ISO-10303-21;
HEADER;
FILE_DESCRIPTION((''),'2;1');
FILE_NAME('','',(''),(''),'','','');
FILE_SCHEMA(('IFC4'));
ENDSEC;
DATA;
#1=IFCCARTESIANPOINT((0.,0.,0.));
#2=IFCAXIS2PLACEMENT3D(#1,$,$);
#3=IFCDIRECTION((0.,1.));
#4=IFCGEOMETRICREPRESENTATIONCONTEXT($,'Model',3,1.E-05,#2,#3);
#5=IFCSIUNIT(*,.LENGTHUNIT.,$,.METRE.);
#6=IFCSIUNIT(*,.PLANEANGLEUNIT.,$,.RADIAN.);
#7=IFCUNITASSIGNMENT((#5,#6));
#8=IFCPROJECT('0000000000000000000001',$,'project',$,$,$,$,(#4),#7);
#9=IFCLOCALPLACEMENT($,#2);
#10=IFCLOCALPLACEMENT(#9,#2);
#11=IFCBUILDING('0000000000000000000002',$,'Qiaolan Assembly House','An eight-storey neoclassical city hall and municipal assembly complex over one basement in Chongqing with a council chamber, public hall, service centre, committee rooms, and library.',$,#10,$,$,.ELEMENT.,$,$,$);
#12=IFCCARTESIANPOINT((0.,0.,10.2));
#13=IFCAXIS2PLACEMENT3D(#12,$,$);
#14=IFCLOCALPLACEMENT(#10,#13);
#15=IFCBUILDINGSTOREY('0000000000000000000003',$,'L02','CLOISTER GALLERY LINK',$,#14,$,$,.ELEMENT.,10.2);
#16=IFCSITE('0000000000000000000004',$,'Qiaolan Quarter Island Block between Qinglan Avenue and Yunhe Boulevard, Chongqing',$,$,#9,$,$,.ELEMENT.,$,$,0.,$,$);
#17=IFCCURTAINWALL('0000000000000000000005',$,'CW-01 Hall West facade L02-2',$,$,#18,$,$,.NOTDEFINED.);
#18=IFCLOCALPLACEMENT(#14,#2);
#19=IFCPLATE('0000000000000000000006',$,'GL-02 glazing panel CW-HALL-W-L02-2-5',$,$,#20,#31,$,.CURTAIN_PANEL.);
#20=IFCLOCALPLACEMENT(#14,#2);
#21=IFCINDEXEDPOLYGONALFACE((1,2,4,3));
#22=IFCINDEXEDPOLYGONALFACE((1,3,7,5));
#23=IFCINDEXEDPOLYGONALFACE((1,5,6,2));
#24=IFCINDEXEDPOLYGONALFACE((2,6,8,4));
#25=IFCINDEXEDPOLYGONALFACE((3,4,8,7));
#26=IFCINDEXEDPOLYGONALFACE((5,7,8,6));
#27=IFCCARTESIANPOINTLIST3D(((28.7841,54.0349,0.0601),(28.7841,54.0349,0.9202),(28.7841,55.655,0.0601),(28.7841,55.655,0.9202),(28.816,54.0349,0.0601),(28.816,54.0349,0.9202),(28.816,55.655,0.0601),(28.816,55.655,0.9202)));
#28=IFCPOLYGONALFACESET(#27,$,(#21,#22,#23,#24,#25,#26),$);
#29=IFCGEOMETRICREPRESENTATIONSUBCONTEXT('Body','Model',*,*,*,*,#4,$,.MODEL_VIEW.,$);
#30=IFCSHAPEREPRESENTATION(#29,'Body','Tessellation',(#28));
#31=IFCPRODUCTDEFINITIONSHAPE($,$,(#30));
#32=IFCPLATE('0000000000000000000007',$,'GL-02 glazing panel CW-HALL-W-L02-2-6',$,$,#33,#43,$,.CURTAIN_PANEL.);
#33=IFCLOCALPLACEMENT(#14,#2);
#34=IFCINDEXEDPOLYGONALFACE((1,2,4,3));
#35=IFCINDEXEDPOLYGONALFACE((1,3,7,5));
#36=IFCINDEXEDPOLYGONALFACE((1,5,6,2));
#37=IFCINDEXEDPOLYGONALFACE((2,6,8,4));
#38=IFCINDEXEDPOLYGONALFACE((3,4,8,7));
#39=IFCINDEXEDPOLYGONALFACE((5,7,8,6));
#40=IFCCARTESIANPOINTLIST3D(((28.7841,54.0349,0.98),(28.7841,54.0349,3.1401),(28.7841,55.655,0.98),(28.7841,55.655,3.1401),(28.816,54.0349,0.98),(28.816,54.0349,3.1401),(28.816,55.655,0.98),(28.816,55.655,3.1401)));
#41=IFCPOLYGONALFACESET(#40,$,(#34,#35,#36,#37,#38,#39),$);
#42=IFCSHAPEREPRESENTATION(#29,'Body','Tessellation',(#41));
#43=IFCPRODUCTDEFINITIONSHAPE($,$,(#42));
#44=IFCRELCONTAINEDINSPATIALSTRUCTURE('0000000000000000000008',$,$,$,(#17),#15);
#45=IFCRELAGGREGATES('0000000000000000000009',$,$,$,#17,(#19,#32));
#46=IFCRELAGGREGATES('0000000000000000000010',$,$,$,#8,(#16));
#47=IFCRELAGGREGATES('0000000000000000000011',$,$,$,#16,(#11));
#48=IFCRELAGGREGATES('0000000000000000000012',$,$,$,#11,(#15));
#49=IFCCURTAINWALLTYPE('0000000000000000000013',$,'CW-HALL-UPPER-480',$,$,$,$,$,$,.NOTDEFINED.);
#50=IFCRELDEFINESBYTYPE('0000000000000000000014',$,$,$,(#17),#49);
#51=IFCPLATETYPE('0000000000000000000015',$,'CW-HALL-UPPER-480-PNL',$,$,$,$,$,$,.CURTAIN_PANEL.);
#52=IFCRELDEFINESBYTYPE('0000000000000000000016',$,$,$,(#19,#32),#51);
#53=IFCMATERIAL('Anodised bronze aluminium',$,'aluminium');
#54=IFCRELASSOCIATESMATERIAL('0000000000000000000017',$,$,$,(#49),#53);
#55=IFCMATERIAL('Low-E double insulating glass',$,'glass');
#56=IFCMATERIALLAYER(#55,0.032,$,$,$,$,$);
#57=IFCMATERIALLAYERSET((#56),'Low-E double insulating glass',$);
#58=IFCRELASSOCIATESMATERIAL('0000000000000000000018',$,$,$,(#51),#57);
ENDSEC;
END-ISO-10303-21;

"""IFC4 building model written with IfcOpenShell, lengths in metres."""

from ifc_helpers import new_model, si_unit, direction, frame, frame_2d, origin, place, context, subcontext, project, spatial, rectangle, extrude, material, layer, layer_set, type_object, element, aggregate, save


model = new_model("IFC4")

# Units and contexts
model_context = context("Model", 3, precision=1e-05, world=origin(), true_north=direction((0.0, 1.0)))
body_context = subcontext(model_context, "Body", "Model", "MODEL_VIEW")
ifc_project = project(units=[si_unit("LENGTHUNIT", "METRE"), si_unit("PLANEANGLEUNIT", "RADIAN")], contexts=[model_context])

# Site, building, storey
site_placement = place(None, origin())
site = spatial("IfcSite", under=ifc_project, at=site_placement, Name="Qiaolan Quarter Island Block between Qinglan Avenue and Yunhe Boulevard, Chongqing", CompositionType="ELEMENT", RefElevation=0.0)
building_placement = place(site_placement, origin())
building = spatial("IfcBuilding", under=site, at=building_placement, Name="Qiaolan Assembly House", Description="An eight-storey neoclassical city hall and municipal assembly complex over one basement in Chongqing with a council chamber, public hall, service centre, committee rooms, and library.", CompositionType="ELEMENT")
storey_placement = place(building_placement, frame((0.0, 0.0, 10.2)))
storey = spatial("IfcBuildingStorey", under=building, at=storey_placement, Name="L02", Description="CLOISTER GALLERY LINK", CompositionType="ELEMENT", Elevation=10.2)

# Shared definitions
ifc_material_1 = material(Name="Anodised bronze aluminium", Category="aluminium")
curtain_wall_type = type_object("IfcCurtainWallType", Name="CW-HALL-UPPER-480", PredefinedType="NOTDEFINED", material=ifc_material_1)

# Curtain wall, plates
curtain_wall_1_placement = place(storey_placement, origin())
curtain_wall_1 = element("IfcCurtainWall", 1, at=curtain_wall_1_placement, inside=storey, type_object=curtain_wall_type, Name="CW-01 Hall West facade L02-2", PredefinedType="NOTDEFINED")
ifc_material_2 = material(Name="Low-E double insulating glass", Category="glass")
ifc_layer = layer(ifc_material_2, 0.032)
ifc_layer_set = layer_set([ifc_layer], Name="Low-E double insulating glass")
plate_type = type_object("IfcPlateType", Name="CW-HALL-UPPER-480-PNL", PredefinedType="CURTAIN_PANEL", material=ifc_layer_set)
plate_1_placement = place(storey_placement, frame((28.8, 54.0349, 0.0601), z_axis=(0.0, 0.0, 1.0), x_axis=(0.0, 1.0, 0.0)))
plate_1 = element("IfcPlate", 2, at=plate_1_placement, type_object=plate_type, Name="GL-02 glazing panel CW-HALL-W-L02-2-5", PredefinedType="CURTAIN_PANEL", context=body_context, shape_type="SweptSolid", body=[
    extrude(rectangle(XDim=1.6201, YDim=0.032, at=frame_2d((0.8101, 0.0))), origin(), (0.0, 0.0, 1.0), 0.8601),
])
plate_2_placement = place(storey_placement, frame((28.8, 54.0349, 0.98), z_axis=(0.0, 0.0, 1.0), x_axis=(0.0, 1.0, 0.0)))
plate_2 = element("IfcPlate", 3, at=plate_2_placement, type_object=plate_type, Name="GL-02 glazing panel CW-HALL-W-L02-2-6", PredefinedType="CURTAIN_PANEL", context=body_context, shape_type="SweptSolid", body=[
    extrude(rectangle(XDim=1.6201, YDim=0.032, at=frame_2d((0.8101, 0.0))), origin(), (0.0, 0.0, 1.0), 2.1602),
])
aggregate(curtain_wall_1, [plate_1, plate_2])

save(model, "model.ifc")
